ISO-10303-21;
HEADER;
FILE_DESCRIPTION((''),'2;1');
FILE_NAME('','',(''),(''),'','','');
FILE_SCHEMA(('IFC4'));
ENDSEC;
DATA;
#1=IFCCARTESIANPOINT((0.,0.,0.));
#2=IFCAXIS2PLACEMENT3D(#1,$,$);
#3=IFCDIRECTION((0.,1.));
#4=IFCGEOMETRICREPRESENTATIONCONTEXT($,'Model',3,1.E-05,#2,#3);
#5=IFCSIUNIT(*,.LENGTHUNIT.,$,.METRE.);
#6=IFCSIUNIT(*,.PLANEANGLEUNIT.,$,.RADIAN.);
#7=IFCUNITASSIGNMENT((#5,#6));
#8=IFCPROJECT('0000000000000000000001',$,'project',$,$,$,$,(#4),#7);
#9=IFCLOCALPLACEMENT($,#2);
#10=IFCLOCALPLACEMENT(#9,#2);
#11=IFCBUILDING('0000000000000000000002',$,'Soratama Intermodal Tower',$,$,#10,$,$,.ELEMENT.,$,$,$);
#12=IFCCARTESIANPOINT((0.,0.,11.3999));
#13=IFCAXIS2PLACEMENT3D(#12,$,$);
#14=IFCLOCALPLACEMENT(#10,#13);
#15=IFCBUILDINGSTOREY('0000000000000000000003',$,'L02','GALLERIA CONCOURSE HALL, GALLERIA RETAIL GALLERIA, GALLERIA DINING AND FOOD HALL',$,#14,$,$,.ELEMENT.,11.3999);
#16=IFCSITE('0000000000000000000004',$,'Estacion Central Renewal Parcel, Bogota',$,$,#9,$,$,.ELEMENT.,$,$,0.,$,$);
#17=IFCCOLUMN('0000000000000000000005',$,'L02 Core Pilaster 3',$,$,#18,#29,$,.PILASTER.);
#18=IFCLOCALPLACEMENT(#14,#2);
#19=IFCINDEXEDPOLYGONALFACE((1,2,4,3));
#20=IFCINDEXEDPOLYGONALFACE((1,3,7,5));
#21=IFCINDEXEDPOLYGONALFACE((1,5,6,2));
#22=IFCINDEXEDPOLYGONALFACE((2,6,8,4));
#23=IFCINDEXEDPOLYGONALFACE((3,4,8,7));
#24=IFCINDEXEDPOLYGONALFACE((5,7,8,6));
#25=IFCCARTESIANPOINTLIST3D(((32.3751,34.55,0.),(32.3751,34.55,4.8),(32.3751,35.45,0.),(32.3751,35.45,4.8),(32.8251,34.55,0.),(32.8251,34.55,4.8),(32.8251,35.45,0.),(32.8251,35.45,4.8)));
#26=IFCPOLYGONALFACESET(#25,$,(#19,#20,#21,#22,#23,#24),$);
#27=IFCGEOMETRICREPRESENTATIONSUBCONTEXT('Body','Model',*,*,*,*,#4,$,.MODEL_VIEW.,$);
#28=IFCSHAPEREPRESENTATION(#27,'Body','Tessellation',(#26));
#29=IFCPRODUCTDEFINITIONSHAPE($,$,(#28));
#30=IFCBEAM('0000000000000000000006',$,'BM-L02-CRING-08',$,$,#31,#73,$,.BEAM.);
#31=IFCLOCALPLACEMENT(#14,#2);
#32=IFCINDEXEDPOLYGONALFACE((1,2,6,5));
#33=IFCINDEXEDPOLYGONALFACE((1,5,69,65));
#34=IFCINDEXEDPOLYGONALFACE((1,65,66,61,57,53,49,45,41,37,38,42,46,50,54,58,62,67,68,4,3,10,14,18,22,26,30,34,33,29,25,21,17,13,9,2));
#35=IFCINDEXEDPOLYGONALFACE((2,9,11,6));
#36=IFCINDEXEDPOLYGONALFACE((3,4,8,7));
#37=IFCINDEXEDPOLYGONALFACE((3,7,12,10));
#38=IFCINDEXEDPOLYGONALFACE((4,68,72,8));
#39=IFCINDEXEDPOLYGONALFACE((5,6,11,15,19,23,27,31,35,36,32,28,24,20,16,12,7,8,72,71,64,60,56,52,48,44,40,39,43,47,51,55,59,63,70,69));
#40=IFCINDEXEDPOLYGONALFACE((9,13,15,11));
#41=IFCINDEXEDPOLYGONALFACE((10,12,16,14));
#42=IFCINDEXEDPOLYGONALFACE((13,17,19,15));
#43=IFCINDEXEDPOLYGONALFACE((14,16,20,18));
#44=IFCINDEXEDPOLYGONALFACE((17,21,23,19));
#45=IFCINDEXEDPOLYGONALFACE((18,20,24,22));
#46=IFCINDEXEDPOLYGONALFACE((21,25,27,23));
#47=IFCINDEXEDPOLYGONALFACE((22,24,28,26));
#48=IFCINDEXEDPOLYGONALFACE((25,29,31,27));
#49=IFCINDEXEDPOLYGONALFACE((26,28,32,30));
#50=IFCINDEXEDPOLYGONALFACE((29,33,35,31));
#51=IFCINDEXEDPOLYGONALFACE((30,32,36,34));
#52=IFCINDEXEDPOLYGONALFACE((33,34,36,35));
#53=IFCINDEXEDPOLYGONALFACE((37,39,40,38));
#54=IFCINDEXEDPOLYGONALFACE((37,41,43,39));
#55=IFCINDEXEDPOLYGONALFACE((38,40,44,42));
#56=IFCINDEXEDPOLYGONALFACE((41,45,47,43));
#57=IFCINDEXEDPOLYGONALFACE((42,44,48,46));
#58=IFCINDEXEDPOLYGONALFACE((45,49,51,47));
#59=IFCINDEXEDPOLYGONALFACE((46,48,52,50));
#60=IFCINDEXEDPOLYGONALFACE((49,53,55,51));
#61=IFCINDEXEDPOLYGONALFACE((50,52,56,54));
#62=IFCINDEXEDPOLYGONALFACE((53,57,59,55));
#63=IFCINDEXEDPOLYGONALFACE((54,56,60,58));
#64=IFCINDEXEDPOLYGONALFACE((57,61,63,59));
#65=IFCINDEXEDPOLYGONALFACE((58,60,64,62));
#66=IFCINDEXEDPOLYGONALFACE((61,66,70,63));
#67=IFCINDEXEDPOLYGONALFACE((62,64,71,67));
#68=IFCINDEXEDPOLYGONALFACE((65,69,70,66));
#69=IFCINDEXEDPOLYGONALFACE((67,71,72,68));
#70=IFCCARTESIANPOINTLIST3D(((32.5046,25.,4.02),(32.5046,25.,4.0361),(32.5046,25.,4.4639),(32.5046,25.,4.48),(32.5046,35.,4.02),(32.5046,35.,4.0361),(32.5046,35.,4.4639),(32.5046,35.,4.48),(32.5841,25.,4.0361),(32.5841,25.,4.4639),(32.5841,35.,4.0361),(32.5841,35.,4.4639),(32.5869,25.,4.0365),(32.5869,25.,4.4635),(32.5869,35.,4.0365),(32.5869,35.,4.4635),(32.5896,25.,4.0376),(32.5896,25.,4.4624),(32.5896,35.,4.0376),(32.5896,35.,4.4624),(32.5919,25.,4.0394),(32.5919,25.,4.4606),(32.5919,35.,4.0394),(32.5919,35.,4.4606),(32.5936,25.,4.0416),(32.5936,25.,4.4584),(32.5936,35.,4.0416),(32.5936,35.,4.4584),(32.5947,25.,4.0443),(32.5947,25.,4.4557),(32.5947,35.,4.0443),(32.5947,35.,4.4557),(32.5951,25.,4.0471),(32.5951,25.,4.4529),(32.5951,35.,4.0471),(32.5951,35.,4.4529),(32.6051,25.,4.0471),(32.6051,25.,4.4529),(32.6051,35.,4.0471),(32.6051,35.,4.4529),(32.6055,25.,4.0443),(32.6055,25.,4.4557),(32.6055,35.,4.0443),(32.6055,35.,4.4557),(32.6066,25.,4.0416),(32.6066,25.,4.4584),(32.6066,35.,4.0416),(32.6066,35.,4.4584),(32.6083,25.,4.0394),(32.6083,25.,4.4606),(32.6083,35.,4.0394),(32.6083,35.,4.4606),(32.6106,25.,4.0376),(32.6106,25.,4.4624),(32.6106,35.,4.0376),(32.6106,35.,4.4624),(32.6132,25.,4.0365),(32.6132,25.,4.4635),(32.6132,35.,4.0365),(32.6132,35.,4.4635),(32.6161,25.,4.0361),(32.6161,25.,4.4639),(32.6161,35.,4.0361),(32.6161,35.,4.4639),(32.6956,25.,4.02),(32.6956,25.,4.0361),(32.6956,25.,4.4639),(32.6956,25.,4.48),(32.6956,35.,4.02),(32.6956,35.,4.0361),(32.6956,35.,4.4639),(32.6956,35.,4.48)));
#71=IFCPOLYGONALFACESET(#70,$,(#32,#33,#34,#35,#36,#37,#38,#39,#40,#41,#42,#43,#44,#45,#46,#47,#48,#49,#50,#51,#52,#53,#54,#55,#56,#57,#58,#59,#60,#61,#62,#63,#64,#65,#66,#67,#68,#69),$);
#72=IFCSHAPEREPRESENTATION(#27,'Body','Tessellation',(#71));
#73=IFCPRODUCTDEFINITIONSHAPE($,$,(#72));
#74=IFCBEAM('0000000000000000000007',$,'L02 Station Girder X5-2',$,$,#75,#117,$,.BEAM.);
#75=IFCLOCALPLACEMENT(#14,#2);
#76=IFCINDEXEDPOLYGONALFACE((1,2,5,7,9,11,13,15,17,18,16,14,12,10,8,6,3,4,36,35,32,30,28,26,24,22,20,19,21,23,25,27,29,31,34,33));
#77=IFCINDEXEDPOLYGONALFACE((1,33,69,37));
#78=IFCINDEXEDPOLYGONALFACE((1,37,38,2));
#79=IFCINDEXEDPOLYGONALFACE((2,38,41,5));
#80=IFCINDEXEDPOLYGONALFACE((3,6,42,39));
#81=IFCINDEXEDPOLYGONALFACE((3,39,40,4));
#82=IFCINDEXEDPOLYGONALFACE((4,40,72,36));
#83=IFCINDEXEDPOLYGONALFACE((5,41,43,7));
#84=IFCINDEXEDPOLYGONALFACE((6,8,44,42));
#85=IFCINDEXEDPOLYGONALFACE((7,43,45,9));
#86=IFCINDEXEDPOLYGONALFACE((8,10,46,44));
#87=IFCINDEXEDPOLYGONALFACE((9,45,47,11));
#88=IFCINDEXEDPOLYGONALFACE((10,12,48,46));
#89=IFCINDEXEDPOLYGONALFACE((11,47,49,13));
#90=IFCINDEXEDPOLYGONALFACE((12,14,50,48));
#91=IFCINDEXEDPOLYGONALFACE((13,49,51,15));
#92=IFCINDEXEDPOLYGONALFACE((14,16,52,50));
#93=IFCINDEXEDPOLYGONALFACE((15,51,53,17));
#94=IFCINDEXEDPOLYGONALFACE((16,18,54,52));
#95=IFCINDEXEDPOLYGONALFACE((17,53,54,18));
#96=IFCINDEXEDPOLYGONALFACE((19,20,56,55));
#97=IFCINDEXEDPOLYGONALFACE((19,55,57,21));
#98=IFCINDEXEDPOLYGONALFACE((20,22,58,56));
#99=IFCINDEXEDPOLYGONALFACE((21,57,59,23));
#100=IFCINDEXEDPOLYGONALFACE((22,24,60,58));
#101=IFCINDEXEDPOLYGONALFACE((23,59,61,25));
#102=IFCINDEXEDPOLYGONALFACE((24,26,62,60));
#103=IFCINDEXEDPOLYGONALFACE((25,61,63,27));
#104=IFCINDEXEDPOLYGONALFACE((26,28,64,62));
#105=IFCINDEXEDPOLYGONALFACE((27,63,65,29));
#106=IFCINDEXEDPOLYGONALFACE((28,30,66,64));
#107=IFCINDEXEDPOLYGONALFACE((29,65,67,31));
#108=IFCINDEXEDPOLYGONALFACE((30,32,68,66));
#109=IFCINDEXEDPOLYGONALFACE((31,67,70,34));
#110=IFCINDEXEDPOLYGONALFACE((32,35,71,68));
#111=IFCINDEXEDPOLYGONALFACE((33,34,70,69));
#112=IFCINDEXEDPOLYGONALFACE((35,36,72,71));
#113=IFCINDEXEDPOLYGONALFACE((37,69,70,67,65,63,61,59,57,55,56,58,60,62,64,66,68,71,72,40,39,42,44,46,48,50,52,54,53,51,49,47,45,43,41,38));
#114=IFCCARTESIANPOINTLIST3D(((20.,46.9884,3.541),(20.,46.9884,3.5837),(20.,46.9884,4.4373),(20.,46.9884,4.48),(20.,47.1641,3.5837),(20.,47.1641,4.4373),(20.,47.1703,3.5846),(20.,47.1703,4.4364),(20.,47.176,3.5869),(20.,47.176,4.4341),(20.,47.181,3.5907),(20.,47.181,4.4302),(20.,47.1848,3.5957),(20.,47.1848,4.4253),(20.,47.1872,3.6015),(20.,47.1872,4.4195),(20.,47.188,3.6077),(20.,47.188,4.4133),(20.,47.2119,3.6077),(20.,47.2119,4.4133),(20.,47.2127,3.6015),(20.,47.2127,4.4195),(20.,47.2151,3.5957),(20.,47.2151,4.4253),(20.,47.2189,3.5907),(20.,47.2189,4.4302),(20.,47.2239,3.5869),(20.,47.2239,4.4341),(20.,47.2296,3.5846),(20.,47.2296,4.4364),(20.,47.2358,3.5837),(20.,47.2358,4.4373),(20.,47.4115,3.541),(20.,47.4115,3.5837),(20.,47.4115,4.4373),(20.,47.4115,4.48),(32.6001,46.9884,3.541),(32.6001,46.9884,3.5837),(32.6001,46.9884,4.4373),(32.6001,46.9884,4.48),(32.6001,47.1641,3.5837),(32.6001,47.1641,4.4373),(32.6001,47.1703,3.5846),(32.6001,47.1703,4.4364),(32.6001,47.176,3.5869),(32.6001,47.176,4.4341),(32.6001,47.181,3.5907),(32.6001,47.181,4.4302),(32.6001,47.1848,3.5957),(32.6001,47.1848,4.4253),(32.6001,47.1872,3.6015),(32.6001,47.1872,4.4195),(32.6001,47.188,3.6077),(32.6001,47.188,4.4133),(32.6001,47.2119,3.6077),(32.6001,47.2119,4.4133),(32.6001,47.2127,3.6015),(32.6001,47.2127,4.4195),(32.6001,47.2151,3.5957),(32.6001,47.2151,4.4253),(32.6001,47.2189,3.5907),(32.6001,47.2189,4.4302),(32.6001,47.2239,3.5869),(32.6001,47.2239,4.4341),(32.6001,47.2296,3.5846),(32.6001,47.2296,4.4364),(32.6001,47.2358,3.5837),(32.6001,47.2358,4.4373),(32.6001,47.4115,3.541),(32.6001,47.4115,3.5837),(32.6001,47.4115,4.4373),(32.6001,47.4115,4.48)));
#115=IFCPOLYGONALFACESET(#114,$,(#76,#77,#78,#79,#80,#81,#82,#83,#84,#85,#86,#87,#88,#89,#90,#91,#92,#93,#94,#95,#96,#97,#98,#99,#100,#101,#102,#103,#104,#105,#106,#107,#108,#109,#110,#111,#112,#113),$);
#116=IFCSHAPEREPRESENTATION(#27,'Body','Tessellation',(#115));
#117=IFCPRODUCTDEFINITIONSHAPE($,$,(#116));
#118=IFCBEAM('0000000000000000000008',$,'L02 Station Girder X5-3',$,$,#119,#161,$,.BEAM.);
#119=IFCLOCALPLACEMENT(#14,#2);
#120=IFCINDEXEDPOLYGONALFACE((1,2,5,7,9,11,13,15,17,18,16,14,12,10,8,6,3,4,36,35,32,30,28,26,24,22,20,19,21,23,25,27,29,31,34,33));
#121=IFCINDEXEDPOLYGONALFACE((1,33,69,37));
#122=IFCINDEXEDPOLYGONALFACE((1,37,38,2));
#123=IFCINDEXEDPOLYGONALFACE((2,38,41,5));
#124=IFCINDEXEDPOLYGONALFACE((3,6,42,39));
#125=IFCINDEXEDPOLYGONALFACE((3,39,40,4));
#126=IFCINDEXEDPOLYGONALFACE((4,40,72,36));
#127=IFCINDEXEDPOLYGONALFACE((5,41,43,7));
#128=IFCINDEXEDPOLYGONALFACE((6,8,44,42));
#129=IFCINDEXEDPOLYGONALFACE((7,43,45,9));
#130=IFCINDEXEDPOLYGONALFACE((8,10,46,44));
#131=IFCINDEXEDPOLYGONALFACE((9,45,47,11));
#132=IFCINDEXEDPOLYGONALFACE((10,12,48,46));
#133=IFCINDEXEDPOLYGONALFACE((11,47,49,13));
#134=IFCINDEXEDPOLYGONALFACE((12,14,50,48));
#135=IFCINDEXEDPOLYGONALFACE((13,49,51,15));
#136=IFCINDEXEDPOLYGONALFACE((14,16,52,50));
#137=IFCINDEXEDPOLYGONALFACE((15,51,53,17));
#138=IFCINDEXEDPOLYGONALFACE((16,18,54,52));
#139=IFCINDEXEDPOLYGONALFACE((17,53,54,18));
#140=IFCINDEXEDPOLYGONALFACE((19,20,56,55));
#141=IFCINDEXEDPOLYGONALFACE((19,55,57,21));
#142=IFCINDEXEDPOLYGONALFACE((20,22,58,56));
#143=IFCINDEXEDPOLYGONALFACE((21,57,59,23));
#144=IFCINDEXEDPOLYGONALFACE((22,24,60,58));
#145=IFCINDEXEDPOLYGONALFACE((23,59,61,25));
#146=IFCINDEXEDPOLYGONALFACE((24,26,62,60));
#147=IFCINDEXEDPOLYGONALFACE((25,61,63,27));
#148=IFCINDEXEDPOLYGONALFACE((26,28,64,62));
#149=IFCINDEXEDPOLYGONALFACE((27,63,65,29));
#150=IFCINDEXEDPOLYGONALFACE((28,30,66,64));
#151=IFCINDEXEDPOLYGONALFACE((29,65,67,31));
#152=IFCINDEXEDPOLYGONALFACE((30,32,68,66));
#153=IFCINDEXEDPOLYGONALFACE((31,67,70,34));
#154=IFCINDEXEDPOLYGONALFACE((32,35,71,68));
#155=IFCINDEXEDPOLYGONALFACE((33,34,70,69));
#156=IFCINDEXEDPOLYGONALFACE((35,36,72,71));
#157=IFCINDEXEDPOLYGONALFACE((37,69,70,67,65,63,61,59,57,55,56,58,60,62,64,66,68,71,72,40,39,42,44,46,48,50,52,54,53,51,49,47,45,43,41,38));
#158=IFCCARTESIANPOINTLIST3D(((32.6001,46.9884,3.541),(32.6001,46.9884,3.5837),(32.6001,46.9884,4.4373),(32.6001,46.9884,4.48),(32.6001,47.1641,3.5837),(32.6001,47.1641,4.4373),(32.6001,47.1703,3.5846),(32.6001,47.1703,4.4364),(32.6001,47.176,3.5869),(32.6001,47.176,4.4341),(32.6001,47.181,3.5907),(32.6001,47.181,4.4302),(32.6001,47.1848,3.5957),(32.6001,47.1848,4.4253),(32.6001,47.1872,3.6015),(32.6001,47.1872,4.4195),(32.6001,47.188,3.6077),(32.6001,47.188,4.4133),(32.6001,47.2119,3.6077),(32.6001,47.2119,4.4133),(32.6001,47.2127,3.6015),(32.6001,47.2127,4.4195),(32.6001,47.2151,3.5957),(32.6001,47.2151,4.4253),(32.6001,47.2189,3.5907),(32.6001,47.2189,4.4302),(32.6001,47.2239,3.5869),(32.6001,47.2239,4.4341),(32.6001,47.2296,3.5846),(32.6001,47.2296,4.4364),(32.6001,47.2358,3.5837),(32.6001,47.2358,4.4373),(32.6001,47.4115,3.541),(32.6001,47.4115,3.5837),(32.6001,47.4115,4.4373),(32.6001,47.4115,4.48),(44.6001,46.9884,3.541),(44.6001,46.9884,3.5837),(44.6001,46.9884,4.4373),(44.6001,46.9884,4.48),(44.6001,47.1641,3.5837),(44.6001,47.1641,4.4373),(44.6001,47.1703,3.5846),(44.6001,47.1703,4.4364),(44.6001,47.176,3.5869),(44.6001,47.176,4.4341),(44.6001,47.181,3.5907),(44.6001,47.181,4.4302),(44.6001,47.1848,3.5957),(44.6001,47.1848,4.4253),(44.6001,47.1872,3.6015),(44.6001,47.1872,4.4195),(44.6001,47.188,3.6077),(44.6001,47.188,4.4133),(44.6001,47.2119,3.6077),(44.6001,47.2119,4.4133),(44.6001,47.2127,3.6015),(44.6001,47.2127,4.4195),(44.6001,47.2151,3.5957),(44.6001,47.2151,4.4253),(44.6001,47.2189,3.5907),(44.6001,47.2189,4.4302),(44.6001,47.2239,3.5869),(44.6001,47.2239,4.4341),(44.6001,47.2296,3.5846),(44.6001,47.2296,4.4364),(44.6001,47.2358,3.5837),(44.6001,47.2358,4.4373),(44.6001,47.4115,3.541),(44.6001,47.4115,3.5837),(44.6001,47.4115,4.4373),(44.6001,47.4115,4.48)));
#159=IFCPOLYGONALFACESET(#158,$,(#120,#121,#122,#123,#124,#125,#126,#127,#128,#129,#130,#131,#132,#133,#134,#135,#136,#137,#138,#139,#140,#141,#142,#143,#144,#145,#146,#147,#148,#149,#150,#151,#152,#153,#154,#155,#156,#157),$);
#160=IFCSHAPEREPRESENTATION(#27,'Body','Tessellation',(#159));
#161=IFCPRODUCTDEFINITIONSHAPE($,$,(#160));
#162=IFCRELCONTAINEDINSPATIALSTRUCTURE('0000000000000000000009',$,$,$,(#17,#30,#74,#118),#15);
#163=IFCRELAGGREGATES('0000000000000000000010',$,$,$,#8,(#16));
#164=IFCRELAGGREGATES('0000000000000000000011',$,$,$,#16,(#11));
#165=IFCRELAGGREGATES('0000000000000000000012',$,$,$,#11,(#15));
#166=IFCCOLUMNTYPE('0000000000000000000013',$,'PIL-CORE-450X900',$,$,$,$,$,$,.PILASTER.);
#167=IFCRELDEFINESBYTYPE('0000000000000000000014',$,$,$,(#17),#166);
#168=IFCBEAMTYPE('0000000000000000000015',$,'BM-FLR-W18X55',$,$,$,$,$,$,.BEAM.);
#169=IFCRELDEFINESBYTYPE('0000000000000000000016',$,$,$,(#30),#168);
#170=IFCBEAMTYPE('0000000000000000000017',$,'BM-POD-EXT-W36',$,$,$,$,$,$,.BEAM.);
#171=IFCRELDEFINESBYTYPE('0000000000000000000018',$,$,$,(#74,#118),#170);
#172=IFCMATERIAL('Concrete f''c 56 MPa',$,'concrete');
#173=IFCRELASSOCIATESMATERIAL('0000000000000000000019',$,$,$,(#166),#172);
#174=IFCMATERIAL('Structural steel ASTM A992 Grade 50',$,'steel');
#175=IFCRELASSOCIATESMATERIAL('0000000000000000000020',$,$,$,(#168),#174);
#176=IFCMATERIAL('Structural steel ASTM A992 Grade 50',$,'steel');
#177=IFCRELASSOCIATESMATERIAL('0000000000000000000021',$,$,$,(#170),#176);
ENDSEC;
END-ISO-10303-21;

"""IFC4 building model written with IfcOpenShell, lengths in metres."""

from ifc_helpers import new_model, si_unit, direction, frame, origin, origin_2d, place, context, subcontext, project, spatial, rectangle, i_section, extrude, material, material_profile, profile_set, type_object, element, save


model = new_model("IFC4")

# Units and contexts
model_context = context("Model", 3, precision=1e-05, world=origin(), true_north=direction((0.0, 1.0)))
body_context = subcontext(model_context, "Body", "Model", "MODEL_VIEW")
ifc_project = project(units=[si_unit("LENGTHUNIT", "METRE"), si_unit("PLANEANGLEUNIT", "RADIAN")], contexts=[model_context])

# Site, building, storey
site_placement = place(None, origin())
site = spatial("IfcSite", under=ifc_project, at=site_placement, Name="Estacion Central Renewal Parcel, Bogota", CompositionType="ELEMENT", RefElevation=0.0)
building_placement = place(site_placement, origin())
building = spatial("IfcBuilding", under=site, at=building_placement, Name="Soratama Intermodal Tower", CompositionType="ELEMENT")
storey_placement = place(building_placement, frame((0.0, 0.0, 11.3999)))
storey = spatial("IfcBuildingStorey", under=building, at=storey_placement, Name="L02", Description="GALLERIA CONCOURSE HALL, GALLERIA RETAIL GALLERIA, GALLERIA DINING AND FOOD HALL", CompositionType="ELEMENT", Elevation=11.3999)

# Column
ifc_material_1 = material(Name="Concrete f'c 56 MPa", Category="concrete")
ifc_material_profile_1 = material_profile(ifc_material_1, rectangle(XDim=0.45, YDim=0.8999, at=origin_2d()), Name="RC450X900")
ifc_profile_set_1 = profile_set([ifc_material_profile_1], Name="Concrete f'c 56 MPa")
column_type_1 = type_object("IfcColumnType", Name="PIL-CORE-450X900", PredefinedType="PILASTER", material=ifc_profile_set_1)
column_1_placement = place(storey_placement, frame((32.6001, 35.0, 0.0), z_axis=(0.0, 0.0, 1.0), x_axis=(1.0, 0.0, 0.0)))
element("IfcColumn", 1, at=column_1_placement, inside=storey, type_object=column_type_1, Name="L02 Core Pilaster 3", PredefinedType="PILASTER", context=body_context, shape_type="SweptSolid", body=[
    extrude(rectangle(XDim=0.45, YDim=0.8999, at=origin_2d()), origin(), (0.0, 0.0, 1.0), 4.8),
])

# Beams
ifc_material_2 = material(Name="Structural steel ASTM A992 Grade 50", Category="steel")
ifc_material_profile_2 = material_profile(ifc_material_2, i_section(OverallWidth=0.1909, OverallDepth=0.46, WebThickness=0.01, FlangeThickness=0.0161, FilletRadius=0.011, at=origin_2d()), Name="W18X55")
ifc_profile_set_2 = profile_set([ifc_material_profile_2], Name="Structural steel ASTM A992 Grade 50")
beam_type_1 = type_object("IfcBeamType", Name="BM-FLR-W18X55", PredefinedType="BEAM", material=ifc_profile_set_2)
beam_1_placement = place(storey_placement, frame((32.6001, 35.0, 4.25), z_axis=(0.0, -1.0, 0.0), x_axis=(1.0, 0.0, 0.0)))
element("IfcBeam", 2, at=beam_1_placement, inside=storey, type_object=beam_type_1, Name="BM-L02-CRING-08", PredefinedType="BEAM", context=body_context, shape_type="SweptSolid", body=[
    extrude(i_section(OverallWidth=0.1909, OverallDepth=0.46, WebThickness=0.01, FlangeThickness=0.0161, FilletRadius=0.011, at=origin_2d()), origin(), (0.0, 0.0, 1.0), 10.0),
])
ifc_material_3 = material(Name="Structural steel ASTM A992 Grade 50", Category="steel")
ifc_material_profile_3 = material_profile(ifc_material_3, i_section(OverallWidth=0.4231, OverallDepth=0.939, WebThickness=0.0239, FlangeThickness=0.0427, FilletRadius=0.0239, at=origin_2d()), Name="W36X302")
ifc_profile_set_3 = profile_set([ifc_material_profile_3], Name="Structural steel ASTM A992 Grade 50")
beam_type_2 = type_object("IfcBeamType", Name="BM-POD-EXT-W36", PredefinedType="BEAM", material=ifc_profile_set_3)
beam_2_placement = place(storey_placement, frame((20.0, 47.2, 4.0105), z_axis=(1.0, 0.0, 0.0), x_axis=(0.0, 1.0, 0.0)))
element("IfcBeam", 3, at=beam_2_placement, inside=storey, type_object=beam_type_2, Name="L02 Station Girder X5-2", PredefinedType="BEAM", context=body_context, shape_type="SweptSolid", body=[
    extrude(i_section(OverallWidth=0.4231, OverallDepth=0.939, WebThickness=0.0239, FlangeThickness=0.0427, FilletRadius=0.0239, at=origin_2d()), origin(), (0.0, 0.0, 1.0), 12.6001),
])
beam_3_placement = place(storey_placement, frame((32.6001, 47.2, 4.0105), z_axis=(1.0, 0.0, 0.0), x_axis=(0.0, 1.0, 0.0)))
element("IfcBeam", 4, at=beam_3_placement, inside=storey, type_object=beam_type_2, Name="L02 Station Girder X5-3", PredefinedType="BEAM", context=body_context, shape_type="SweptSolid", body=[
    extrude(i_section(OverallWidth=0.4231, OverallDepth=0.939, WebThickness=0.0239, FlangeThickness=0.0427, FilletRadius=0.0239, at=origin_2d()), origin(), (0.0, 0.0, 1.0), 12.0),
])

save(model, "model.ifc")
